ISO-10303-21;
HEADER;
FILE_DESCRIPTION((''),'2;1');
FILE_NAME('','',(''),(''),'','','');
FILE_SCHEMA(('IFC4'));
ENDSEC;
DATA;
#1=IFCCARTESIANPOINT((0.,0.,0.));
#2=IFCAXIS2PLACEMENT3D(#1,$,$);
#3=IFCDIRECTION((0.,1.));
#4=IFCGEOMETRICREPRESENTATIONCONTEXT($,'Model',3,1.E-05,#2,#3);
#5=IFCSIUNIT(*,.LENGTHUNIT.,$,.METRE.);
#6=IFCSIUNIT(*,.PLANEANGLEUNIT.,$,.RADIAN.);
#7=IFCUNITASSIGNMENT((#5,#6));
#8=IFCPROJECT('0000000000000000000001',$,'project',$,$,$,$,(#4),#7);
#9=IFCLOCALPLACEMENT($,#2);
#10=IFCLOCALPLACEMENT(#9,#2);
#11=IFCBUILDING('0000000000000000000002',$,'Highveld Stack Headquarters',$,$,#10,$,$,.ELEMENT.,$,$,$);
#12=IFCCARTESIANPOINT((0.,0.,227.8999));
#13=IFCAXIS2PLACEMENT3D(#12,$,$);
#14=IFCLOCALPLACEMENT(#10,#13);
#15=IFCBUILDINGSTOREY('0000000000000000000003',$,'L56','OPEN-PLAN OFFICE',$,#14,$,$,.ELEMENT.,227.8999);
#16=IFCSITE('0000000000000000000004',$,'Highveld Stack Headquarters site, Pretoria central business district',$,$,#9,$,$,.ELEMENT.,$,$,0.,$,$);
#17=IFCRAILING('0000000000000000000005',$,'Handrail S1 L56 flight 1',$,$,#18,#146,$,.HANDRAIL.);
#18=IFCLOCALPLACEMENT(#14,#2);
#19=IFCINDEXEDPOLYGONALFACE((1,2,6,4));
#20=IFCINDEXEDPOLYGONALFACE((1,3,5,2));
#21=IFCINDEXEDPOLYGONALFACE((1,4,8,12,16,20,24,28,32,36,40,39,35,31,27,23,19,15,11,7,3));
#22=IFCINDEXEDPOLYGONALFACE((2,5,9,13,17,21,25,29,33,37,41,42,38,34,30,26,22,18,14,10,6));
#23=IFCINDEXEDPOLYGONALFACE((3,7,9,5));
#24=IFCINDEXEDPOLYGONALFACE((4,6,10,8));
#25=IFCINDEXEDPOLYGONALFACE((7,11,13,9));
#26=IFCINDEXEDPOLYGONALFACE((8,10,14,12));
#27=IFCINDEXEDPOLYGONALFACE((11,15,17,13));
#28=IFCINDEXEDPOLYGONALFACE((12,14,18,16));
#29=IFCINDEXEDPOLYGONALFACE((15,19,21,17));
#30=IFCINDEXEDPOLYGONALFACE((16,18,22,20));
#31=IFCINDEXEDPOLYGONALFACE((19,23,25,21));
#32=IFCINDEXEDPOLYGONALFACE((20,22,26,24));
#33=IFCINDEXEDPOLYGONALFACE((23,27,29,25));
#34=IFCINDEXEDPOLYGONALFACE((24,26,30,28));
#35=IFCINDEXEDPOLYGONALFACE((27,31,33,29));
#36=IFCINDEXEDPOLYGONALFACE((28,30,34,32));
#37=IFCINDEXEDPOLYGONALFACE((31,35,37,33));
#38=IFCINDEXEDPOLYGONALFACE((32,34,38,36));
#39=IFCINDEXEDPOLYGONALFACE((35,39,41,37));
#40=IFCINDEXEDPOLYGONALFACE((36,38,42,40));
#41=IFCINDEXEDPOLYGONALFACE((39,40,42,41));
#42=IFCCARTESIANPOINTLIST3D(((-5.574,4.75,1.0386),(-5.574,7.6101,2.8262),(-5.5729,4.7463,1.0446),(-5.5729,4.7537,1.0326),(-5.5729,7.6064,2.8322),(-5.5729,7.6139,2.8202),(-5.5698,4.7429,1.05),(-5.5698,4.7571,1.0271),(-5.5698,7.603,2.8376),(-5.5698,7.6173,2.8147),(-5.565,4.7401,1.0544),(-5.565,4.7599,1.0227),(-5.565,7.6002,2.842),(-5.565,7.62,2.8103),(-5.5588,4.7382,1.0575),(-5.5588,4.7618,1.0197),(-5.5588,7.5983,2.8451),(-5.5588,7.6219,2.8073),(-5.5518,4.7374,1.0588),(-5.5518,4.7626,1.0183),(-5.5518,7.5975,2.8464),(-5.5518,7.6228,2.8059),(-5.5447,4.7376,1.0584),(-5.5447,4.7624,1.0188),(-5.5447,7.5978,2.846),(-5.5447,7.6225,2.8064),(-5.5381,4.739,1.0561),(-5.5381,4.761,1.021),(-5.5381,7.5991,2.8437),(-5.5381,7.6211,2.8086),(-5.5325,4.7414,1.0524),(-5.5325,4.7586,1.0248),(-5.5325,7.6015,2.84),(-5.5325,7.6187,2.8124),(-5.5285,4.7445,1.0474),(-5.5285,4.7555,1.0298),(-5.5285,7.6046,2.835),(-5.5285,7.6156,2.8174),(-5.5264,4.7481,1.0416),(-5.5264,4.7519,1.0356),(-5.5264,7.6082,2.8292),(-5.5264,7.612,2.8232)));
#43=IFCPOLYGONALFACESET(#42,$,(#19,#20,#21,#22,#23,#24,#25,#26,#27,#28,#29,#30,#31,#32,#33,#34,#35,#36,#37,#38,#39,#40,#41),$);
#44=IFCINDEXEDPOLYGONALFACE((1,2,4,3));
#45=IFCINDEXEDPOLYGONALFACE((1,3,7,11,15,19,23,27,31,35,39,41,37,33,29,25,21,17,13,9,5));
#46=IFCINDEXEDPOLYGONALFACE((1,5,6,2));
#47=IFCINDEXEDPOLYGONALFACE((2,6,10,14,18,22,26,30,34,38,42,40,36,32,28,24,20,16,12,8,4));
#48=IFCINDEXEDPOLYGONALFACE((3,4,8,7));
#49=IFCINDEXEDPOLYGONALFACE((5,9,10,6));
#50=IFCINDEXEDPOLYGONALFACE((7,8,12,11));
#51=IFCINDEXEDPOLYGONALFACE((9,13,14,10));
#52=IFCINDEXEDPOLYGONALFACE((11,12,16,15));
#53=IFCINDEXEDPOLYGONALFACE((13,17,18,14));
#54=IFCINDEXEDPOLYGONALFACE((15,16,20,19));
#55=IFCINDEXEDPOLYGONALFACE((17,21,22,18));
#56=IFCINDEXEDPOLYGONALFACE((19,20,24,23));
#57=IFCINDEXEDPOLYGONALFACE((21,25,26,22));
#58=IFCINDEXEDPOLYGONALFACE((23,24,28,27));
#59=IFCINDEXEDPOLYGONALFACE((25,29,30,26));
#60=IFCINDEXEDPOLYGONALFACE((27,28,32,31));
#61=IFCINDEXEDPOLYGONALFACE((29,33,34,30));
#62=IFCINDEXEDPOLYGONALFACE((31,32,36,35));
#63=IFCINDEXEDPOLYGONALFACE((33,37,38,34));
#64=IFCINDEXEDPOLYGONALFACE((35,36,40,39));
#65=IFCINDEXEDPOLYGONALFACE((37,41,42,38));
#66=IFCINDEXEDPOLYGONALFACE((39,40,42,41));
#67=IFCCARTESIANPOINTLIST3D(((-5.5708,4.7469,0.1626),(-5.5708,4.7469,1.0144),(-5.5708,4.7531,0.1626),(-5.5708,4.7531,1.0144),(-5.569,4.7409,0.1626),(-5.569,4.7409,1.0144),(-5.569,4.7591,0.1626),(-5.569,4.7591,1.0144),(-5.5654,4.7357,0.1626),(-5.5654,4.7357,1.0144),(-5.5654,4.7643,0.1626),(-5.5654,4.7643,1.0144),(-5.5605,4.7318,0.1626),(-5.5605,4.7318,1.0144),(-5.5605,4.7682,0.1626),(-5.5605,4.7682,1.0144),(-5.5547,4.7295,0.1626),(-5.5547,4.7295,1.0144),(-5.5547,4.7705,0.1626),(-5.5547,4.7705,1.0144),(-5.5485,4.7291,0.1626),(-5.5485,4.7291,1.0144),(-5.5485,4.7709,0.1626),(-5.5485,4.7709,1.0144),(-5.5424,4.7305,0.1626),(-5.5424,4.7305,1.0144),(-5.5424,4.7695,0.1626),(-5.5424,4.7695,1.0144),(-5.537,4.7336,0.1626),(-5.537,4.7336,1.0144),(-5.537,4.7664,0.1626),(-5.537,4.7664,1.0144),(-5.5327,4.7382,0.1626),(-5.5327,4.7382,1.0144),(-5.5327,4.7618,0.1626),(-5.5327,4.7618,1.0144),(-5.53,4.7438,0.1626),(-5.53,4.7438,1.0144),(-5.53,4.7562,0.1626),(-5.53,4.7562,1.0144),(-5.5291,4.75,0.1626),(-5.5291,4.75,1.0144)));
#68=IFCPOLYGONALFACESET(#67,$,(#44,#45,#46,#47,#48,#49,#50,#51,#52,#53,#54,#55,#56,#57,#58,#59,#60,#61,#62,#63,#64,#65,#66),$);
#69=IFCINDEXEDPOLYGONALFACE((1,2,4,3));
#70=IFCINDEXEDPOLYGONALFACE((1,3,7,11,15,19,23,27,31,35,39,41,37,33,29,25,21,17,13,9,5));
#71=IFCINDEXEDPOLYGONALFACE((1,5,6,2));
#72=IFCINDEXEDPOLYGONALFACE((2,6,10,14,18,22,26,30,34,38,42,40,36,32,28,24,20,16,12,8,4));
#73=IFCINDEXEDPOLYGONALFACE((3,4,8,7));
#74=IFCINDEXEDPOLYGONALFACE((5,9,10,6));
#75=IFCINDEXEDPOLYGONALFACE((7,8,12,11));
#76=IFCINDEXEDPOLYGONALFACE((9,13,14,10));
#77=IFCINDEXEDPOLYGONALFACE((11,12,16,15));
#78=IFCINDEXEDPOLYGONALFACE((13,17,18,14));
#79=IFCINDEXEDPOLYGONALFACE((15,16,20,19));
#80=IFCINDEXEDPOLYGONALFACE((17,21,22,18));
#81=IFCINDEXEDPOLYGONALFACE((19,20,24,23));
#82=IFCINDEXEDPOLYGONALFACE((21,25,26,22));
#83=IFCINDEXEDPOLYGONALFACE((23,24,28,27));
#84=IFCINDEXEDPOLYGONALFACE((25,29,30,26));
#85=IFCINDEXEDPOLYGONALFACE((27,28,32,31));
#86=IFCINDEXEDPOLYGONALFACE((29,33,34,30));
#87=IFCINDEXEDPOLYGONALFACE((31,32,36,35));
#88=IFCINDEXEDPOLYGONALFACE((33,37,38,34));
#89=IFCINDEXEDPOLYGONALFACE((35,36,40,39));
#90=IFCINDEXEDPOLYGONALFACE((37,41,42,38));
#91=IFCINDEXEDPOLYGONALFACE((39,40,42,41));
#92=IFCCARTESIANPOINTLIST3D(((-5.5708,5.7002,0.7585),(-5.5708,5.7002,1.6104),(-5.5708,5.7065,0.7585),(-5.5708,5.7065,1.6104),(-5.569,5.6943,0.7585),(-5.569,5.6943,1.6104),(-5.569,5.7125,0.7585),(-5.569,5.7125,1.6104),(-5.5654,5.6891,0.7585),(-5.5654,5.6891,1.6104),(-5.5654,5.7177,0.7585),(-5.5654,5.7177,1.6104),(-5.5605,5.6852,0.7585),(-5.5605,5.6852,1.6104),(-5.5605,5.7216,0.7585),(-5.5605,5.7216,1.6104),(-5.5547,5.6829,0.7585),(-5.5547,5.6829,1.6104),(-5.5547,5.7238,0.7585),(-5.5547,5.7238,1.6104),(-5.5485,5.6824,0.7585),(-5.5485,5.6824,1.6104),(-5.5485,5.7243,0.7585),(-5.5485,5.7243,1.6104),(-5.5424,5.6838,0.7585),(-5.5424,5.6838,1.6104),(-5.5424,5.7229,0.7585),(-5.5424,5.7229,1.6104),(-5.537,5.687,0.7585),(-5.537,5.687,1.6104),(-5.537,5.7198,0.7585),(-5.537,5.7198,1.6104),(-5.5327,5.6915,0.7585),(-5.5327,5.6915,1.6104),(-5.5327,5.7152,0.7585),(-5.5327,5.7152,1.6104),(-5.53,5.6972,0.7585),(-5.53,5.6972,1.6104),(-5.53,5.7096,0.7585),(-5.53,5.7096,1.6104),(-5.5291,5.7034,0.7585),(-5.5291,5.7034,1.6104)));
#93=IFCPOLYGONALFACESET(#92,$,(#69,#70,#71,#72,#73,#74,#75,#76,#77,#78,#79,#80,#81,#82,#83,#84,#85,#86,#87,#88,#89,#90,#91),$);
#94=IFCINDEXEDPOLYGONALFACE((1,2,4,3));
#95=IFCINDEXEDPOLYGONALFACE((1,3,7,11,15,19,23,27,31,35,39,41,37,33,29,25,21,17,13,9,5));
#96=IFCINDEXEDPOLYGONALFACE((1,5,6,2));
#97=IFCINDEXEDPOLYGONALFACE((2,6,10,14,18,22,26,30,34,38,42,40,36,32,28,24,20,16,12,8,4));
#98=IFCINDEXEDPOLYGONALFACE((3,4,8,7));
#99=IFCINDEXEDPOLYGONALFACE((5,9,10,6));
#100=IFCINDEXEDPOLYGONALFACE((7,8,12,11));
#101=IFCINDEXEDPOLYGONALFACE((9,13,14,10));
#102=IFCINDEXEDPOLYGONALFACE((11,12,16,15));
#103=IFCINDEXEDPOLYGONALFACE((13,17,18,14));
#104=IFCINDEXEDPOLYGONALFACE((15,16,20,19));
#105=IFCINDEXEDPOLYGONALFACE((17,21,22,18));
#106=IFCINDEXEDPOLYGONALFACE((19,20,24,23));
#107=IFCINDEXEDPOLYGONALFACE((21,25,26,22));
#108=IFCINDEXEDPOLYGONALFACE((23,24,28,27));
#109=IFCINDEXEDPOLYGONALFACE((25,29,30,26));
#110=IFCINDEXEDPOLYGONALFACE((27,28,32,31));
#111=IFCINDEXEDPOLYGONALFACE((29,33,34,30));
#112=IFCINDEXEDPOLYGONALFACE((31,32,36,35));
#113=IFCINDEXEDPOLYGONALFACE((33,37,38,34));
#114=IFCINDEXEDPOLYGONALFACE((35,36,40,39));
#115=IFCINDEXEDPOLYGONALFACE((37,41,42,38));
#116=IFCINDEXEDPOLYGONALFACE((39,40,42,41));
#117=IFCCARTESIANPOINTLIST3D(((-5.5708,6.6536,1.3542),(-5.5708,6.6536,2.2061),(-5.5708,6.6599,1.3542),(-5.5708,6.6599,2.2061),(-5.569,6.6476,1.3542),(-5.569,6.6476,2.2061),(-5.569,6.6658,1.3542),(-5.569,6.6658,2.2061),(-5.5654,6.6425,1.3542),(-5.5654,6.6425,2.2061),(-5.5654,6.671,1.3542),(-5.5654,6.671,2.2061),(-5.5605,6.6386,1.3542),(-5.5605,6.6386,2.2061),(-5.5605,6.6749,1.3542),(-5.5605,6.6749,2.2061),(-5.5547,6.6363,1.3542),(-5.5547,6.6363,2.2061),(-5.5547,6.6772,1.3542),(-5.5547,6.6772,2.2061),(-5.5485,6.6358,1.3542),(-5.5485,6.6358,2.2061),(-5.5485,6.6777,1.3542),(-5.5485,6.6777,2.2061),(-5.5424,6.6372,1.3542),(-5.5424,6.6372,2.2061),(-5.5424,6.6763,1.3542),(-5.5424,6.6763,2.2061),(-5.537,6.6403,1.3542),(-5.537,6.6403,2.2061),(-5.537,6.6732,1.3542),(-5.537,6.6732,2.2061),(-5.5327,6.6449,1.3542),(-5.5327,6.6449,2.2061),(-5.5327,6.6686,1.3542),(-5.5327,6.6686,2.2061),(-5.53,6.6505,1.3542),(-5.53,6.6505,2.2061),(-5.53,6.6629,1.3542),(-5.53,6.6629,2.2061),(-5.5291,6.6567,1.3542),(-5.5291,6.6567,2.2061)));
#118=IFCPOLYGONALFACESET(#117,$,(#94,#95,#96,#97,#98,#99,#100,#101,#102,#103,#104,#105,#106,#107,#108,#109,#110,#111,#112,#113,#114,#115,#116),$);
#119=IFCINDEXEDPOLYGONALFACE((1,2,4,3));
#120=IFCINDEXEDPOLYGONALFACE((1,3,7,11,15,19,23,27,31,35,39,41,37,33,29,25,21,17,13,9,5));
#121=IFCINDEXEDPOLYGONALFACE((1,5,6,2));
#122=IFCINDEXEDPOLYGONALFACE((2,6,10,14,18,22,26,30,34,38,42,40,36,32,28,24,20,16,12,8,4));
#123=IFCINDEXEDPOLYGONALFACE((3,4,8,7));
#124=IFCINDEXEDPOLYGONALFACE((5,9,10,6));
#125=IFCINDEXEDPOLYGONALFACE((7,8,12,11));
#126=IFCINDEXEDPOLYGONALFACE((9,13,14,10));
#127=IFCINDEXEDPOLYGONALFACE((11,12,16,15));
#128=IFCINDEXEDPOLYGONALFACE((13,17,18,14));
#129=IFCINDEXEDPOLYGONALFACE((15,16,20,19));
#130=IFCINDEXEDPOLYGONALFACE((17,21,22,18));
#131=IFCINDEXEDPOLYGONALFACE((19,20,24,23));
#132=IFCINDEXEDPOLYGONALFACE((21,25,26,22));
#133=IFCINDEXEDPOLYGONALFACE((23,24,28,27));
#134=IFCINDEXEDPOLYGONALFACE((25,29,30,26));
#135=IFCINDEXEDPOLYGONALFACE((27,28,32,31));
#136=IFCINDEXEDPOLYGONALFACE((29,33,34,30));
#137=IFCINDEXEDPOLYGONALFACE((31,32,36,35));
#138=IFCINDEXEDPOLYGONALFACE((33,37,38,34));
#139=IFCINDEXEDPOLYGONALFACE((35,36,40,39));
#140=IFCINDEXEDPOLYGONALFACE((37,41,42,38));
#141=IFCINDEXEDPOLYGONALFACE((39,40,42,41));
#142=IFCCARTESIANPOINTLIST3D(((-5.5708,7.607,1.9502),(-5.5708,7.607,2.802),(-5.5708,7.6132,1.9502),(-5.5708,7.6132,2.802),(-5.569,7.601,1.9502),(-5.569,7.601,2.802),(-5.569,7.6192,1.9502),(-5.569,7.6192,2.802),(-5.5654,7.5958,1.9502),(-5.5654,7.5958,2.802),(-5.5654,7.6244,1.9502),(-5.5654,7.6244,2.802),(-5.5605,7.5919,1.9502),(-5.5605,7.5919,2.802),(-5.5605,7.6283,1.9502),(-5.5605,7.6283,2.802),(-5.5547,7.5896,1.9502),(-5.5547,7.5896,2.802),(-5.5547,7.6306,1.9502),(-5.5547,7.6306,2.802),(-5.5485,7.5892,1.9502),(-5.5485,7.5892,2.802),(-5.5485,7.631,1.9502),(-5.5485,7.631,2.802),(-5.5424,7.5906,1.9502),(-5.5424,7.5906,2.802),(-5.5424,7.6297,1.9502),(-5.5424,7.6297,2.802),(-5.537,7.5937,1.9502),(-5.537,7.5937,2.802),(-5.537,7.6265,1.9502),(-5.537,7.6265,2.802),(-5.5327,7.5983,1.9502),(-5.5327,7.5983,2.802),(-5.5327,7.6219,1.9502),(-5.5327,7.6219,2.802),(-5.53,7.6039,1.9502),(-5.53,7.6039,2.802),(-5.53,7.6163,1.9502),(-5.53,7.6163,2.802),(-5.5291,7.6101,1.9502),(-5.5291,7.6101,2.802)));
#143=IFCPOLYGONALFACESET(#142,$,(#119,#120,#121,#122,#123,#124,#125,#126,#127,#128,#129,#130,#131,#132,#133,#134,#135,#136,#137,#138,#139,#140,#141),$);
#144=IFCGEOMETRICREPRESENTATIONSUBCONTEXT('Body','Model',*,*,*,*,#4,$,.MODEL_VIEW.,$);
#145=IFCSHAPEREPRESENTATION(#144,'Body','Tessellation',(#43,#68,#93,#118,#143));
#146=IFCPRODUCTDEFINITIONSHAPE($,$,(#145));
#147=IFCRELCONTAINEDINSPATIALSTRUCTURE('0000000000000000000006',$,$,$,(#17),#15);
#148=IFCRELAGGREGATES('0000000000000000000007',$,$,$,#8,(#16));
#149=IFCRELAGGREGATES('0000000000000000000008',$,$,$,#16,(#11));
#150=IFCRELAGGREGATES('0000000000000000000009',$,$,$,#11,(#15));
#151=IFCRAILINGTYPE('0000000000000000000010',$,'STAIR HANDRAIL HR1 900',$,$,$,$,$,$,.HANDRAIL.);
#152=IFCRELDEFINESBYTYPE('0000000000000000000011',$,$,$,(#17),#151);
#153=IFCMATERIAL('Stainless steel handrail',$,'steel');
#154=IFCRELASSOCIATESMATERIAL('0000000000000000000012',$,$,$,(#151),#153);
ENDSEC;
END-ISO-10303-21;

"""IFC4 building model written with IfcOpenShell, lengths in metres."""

from ifc_helpers import new_model, si_unit, direction, frame, origin, origin_2d, place, context, subcontext, project, spatial, circle, extrude, material, type_object, element, save


model = new_model("IFC4")

# Units and contexts
model_context = context("Model", 3, precision=1e-05, world=origin(), true_north=direction((0.0, 1.0)))
body_context = subcontext(model_context, "Body", "Model", "MODEL_VIEW")
ifc_project = project(units=[si_unit("LENGTHUNIT", "METRE"), si_unit("PLANEANGLEUNIT", "RADIAN")], contexts=[model_context])

# Site, building, storey
site_placement = place(None, origin())
site = spatial("IfcSite", under=ifc_project, at=site_placement, Name="Highveld Stack Headquarters site, Pretoria central business district", CompositionType="ELEMENT", RefElevation=0.0)
building_placement = place(site_placement, origin())
building = spatial("IfcBuilding", under=site, at=building_placement, Name="Highveld Stack Headquarters", CompositionType="ELEMENT")
storey_placement = place(building_placement, frame((0.0, 0.0, 227.8999)))
storey = spatial("IfcBuildingStorey", under=building, at=storey_placement, Name="L56", Description="OPEN-PLAN OFFICE", CompositionType="ELEMENT", Elevation=227.8999)

# Railing
ifc_material_1 = material(Name="Stainless steel handrail", Category="steel")
railing_type = type_object("IfcRailingType", Name="STAIR HANDRAIL HR1 900", PredefinedType="HANDRAIL", material=ifc_material_1)
for number, where, name in (
    (1, (-5.55, 4.75, 0.1626), "Handrail S1 L56 flight 1"),
):
    element("IfcRailing", number, at=place(storey_placement, frame(where)), inside=storey, type_object=railing_type, Name=name, PredefinedType="HANDRAIL", context=body_context, shape_type="SweptSolid", body=[
        extrude(circle(Radius=0.0239, at=origin_2d()), frame((0.0, 0.0, 0.876), z_axis=(0.0, 0.847994, 0.530005), x_axis=(-1.0, 0.0, 0.0)), (0.0, 0.0, 1.0), 3.3728),
        extrude(circle(Radius=0.021, at=origin_2d()), origin(), (0.0, 0.0, 1.0), 0.8518),
        extrude(circle(Radius=0.021, at=origin_2d()), frame((0.0, 0.9534, 0.5959)), (0.0, 0.0, 1.0), 0.8518),
        extrude(circle(Radius=0.021, at=origin_2d()), frame((0.0, 1.9067, 1.1917)), (0.0, 0.0, 1.0), 0.8518),
        extrude(circle(Radius=0.021, at=origin_2d()), frame((0.0, 2.8601, 1.7876)), (0.0, 0.0, 1.0), 0.8518),
    ])

save(model, "model.ifc")
